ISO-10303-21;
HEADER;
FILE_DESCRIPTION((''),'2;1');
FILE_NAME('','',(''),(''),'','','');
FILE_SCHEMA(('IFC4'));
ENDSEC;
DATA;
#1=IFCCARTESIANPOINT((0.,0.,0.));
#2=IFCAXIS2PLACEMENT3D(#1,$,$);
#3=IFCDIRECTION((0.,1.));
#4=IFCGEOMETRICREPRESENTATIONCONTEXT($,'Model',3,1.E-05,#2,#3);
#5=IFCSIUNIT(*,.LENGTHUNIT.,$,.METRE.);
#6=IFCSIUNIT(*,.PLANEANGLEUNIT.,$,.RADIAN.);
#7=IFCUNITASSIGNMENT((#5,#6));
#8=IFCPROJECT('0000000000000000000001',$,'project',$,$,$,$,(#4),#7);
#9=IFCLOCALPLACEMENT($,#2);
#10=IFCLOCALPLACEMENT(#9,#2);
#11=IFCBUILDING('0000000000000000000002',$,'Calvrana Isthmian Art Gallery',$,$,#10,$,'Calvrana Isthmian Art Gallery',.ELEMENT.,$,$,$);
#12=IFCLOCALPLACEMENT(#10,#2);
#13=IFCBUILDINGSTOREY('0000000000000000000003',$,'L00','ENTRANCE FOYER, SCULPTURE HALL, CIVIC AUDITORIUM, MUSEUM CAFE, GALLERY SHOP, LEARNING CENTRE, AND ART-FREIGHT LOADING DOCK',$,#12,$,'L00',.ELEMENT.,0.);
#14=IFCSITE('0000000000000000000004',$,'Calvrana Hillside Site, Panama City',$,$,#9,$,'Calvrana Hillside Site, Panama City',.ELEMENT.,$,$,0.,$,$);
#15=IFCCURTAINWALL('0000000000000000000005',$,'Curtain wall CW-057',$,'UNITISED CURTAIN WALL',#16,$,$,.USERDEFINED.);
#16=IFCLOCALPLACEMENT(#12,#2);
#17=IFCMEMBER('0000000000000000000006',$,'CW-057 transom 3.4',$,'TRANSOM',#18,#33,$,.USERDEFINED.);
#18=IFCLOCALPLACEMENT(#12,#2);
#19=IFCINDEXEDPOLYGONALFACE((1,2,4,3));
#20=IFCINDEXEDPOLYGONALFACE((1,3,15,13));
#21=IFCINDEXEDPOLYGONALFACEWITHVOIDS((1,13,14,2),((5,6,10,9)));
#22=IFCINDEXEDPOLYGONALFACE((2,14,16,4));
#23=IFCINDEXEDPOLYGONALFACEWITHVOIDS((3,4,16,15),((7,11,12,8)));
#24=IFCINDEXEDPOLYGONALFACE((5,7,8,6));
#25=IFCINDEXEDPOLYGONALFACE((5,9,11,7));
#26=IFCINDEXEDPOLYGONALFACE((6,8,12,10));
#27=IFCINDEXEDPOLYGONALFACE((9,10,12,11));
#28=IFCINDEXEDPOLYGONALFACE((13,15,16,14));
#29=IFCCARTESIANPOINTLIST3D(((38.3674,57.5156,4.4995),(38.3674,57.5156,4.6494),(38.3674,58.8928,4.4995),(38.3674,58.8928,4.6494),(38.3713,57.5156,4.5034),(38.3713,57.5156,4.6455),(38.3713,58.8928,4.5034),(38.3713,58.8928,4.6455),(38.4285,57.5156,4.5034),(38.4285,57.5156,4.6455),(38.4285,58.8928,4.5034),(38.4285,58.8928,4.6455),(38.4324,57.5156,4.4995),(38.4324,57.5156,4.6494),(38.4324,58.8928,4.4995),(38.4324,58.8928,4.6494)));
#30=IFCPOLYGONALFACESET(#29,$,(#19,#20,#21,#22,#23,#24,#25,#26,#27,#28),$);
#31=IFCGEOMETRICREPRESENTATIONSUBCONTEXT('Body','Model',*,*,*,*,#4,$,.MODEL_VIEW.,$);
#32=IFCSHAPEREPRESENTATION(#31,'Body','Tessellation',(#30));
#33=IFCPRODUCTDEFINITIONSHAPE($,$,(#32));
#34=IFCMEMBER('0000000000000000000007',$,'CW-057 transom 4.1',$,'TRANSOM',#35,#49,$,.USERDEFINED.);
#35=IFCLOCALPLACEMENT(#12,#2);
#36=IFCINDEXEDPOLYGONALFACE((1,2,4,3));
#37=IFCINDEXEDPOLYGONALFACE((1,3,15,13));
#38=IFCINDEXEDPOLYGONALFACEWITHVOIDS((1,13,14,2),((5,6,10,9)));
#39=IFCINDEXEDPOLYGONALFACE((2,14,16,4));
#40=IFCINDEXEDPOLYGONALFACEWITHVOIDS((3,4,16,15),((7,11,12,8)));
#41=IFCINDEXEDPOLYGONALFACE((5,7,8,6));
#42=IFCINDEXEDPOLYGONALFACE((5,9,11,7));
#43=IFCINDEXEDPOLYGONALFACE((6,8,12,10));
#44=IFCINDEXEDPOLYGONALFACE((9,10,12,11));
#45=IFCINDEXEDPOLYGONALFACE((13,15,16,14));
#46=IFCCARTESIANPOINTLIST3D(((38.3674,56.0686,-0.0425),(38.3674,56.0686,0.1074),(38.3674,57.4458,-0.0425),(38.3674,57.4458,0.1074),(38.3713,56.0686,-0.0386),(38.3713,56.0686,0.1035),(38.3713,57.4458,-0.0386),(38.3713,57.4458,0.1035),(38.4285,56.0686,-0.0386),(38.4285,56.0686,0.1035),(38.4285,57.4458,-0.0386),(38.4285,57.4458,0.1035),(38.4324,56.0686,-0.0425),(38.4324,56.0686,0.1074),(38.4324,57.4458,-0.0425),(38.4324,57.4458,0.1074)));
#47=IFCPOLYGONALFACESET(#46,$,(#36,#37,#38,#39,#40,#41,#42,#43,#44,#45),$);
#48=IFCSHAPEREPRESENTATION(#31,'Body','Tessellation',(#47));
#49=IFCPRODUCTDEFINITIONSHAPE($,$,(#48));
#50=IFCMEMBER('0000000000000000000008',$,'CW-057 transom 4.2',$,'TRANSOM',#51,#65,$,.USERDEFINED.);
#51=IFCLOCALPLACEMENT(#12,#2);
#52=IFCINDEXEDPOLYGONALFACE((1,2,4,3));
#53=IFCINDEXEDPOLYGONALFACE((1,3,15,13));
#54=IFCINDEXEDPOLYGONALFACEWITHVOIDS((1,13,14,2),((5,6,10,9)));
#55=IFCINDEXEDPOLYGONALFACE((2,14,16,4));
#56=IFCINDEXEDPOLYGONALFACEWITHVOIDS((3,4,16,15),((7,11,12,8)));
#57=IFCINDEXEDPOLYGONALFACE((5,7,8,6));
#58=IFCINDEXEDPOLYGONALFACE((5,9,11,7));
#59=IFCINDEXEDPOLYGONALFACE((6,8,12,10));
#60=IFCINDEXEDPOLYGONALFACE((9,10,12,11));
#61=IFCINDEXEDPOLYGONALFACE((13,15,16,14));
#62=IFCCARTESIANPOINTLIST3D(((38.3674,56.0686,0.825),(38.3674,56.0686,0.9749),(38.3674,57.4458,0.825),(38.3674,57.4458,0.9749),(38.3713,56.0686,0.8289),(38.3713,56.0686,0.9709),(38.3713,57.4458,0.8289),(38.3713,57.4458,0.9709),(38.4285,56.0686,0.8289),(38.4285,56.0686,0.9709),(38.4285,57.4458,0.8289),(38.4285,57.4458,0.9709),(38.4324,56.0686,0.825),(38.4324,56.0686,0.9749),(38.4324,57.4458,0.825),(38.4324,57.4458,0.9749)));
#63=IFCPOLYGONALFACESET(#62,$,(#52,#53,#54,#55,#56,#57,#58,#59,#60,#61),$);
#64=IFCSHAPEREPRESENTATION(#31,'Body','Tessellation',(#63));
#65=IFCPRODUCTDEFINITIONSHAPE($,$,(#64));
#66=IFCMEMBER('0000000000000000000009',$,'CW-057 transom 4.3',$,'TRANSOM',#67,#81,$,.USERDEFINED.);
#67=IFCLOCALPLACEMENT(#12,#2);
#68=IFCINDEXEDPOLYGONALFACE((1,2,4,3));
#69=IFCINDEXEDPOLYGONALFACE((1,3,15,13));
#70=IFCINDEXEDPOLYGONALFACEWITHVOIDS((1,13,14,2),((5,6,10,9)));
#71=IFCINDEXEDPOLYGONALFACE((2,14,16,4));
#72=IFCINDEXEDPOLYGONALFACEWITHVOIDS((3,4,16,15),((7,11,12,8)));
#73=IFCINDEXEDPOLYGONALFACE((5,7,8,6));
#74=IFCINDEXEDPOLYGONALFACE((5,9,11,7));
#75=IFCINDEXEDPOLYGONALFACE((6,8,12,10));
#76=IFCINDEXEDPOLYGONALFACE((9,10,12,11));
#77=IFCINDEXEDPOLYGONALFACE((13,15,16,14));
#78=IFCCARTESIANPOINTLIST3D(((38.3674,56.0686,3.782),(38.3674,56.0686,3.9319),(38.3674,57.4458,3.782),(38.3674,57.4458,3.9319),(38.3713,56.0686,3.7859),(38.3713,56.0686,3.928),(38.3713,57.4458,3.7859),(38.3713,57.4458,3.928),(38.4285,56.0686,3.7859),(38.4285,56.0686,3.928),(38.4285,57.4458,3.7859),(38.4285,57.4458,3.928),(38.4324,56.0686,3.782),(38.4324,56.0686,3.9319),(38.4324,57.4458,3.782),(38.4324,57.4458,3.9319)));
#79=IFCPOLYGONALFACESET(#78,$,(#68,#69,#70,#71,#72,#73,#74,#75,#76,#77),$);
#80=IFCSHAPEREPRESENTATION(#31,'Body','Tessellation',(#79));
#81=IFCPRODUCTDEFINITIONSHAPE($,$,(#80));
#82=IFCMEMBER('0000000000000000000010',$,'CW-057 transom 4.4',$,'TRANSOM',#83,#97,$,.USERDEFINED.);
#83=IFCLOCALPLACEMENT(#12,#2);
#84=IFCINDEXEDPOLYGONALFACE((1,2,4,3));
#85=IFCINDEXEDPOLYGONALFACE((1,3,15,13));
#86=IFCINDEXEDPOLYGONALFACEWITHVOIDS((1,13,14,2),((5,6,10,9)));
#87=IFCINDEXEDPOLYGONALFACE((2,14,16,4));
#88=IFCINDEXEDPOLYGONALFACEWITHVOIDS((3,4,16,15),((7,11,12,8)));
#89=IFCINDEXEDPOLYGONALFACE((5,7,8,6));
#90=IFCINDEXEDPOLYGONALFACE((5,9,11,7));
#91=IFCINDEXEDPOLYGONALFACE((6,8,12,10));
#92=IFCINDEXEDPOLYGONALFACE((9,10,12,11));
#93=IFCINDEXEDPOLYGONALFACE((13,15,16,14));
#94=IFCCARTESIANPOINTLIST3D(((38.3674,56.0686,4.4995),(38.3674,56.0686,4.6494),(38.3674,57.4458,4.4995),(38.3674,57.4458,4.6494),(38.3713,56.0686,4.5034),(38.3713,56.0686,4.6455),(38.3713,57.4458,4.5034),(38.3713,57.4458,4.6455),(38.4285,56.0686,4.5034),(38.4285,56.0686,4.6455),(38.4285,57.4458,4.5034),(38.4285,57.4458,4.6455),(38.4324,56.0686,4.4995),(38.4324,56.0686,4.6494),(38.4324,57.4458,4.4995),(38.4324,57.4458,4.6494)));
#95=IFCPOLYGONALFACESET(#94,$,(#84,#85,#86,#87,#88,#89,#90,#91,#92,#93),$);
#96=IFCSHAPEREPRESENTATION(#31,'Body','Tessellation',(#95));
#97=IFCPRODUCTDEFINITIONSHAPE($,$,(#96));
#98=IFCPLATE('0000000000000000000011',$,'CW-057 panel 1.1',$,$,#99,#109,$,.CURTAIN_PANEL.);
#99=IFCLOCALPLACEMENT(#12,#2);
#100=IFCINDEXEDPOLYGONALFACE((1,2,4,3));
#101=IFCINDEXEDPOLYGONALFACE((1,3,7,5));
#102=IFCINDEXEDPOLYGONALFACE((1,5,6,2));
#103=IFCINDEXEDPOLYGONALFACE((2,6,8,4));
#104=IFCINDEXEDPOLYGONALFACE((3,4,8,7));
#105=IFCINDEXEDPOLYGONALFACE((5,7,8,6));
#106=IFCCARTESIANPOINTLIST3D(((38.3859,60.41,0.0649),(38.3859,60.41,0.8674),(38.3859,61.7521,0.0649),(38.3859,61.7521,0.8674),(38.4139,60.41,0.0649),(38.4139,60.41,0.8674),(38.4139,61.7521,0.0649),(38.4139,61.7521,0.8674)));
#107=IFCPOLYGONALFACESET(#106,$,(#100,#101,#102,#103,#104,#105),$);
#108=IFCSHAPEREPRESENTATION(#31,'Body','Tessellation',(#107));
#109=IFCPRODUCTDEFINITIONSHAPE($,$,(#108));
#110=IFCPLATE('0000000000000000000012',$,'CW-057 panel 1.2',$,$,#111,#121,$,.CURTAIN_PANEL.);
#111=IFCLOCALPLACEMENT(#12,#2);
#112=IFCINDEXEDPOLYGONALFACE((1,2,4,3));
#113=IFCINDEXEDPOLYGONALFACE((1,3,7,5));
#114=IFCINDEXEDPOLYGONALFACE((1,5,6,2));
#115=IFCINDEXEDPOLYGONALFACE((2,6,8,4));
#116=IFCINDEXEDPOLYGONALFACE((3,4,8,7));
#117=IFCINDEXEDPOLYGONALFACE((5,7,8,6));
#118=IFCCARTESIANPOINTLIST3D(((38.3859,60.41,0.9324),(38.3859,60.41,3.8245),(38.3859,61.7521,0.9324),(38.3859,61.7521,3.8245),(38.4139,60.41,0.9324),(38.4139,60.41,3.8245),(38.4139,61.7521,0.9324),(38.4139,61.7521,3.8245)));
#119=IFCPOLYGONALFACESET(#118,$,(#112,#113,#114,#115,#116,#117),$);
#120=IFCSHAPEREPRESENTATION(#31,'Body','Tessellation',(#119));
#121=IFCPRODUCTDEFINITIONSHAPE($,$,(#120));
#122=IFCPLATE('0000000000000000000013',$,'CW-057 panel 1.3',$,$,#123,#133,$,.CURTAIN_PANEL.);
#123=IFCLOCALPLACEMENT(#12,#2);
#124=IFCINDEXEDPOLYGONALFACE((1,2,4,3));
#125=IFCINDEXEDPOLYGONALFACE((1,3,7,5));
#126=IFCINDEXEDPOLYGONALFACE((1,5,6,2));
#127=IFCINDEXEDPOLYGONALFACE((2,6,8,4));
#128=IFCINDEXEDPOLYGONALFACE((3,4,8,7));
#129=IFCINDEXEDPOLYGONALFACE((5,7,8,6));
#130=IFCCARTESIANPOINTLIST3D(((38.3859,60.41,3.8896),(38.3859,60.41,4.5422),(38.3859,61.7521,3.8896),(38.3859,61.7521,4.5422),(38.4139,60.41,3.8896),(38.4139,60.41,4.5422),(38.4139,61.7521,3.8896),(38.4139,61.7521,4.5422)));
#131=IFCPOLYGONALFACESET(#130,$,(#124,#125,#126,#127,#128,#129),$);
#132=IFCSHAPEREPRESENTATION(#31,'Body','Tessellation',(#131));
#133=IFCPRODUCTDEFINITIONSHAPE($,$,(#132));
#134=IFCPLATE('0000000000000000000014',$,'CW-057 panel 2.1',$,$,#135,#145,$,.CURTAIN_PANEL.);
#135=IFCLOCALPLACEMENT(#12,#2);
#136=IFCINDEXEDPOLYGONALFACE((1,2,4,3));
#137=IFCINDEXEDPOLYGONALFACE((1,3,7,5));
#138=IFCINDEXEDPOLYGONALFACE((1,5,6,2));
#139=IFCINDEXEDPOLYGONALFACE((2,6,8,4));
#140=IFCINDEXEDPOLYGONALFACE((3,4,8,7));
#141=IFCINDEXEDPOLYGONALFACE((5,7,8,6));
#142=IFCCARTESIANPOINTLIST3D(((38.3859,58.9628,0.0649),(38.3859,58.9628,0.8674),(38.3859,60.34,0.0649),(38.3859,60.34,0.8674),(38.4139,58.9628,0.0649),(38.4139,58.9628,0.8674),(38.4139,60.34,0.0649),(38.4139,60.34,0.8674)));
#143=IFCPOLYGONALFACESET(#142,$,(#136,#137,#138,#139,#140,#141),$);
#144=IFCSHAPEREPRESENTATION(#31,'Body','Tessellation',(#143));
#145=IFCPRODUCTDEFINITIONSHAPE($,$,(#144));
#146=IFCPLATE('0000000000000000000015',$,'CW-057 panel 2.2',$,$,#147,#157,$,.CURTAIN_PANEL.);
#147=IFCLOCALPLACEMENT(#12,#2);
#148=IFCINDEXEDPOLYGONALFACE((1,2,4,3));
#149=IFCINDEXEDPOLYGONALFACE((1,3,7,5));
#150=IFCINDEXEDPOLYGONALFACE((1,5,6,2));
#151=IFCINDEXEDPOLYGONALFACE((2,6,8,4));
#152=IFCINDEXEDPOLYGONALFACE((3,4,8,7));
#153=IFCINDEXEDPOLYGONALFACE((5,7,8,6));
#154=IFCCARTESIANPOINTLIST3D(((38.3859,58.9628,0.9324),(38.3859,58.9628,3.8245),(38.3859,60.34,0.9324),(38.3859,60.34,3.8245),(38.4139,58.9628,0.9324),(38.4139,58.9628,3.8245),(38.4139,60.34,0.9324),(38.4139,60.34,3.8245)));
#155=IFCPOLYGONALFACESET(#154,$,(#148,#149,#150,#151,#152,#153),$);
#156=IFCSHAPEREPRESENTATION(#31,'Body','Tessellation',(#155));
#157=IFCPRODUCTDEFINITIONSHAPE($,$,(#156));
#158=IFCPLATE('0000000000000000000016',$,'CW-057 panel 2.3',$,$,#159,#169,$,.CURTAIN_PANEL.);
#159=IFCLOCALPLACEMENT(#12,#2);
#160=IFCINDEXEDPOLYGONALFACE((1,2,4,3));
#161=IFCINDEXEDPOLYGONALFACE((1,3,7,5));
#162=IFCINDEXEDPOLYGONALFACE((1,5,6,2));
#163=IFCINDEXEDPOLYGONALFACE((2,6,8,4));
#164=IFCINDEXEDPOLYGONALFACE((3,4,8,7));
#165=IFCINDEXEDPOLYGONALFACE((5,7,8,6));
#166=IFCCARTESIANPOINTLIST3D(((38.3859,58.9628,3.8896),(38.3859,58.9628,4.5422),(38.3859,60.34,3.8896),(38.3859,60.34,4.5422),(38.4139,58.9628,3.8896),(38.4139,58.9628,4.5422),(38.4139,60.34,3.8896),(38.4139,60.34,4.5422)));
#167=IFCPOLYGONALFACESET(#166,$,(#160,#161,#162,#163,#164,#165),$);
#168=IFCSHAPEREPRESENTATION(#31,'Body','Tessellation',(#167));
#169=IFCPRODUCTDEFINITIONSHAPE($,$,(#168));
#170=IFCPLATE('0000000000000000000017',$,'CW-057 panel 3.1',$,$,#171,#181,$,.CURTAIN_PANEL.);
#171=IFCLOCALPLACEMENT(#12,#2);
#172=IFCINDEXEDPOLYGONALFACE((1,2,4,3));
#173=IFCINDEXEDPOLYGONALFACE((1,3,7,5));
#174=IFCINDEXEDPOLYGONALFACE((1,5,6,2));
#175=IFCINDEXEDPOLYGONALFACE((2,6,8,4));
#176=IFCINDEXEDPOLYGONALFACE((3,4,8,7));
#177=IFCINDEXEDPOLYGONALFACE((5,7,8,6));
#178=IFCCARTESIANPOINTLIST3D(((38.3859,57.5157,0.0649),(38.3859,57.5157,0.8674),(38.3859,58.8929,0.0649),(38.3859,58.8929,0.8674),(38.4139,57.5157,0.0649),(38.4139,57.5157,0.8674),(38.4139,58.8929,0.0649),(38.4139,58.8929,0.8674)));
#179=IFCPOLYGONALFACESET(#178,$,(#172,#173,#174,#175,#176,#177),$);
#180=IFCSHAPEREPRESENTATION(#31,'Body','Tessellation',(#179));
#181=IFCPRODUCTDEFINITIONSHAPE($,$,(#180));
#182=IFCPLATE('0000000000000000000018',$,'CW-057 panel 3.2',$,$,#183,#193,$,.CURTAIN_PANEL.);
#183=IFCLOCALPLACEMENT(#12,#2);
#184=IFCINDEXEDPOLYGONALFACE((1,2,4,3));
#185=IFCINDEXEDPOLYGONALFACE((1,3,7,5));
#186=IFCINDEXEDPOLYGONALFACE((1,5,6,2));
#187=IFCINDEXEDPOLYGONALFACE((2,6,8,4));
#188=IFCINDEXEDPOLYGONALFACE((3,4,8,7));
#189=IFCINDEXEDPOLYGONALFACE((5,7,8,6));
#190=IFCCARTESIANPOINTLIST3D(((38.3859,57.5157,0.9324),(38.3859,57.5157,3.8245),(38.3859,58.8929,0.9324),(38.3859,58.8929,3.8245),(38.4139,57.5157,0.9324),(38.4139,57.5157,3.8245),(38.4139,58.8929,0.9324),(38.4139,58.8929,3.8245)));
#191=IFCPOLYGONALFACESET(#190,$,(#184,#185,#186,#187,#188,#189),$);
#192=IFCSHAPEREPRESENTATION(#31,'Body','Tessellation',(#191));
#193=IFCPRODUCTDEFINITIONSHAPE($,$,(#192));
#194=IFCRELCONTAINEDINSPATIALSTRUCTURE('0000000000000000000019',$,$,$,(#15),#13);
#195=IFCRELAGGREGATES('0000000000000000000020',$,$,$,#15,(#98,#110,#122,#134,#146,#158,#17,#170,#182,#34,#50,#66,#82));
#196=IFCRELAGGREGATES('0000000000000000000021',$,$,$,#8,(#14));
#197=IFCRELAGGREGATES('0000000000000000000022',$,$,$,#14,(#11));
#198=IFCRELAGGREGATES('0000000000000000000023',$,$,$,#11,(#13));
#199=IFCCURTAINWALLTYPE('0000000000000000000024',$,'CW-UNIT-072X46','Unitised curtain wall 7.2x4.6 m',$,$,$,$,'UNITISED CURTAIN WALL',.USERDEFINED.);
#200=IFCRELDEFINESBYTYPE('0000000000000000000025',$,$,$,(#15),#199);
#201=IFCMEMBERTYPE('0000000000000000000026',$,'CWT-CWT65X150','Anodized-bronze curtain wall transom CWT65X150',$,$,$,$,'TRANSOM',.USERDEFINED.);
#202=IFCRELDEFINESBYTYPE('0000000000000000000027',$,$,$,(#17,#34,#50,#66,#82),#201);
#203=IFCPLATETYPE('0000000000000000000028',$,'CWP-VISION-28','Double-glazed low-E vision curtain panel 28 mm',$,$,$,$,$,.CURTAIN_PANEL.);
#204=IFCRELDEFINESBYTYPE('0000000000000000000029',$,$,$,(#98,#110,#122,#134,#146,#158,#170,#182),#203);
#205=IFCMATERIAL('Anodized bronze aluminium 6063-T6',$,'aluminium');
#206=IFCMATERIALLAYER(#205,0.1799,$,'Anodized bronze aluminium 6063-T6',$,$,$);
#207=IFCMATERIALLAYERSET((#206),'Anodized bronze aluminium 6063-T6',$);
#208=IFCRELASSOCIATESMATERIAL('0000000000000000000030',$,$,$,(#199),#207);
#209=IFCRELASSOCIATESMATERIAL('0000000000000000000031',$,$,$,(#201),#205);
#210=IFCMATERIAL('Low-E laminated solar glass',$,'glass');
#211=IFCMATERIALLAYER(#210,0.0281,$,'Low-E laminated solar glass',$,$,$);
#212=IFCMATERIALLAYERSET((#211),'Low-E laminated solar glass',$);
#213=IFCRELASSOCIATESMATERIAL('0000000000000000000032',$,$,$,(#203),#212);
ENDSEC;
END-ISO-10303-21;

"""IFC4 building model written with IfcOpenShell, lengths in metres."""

from ifc_helpers import new_model, si_unit, direction, frame, origin, origin_2d, place, context, subcontext, project, spatial, rectangle, hollow_rectangle, extrude, material, layer, layer_set, material_profile, profile_set, type_object, element, aggregate, save


model = new_model("IFC4")

# Units and contexts
model_context = context("Model", 3, precision=1e-05, world=origin(), true_north=direction((0.0, 1.0)))
body_context = subcontext(model_context, "Body", "Model", "MODEL_VIEW")
ifc_project = project(units=[si_unit("LENGTHUNIT", "METRE"), si_unit("PLANEANGLEUNIT", "RADIAN")], contexts=[model_context])

# Site, building, storey
site_placement = place(None, origin())
site = spatial("IfcSite", under=ifc_project, at=site_placement, Name="Calvrana Hillside Site, Panama City", LongName="Calvrana Hillside Site, Panama City", CompositionType="ELEMENT", RefElevation=0.0)
building_placement = place(site_placement, origin())
building = spatial("IfcBuilding", under=site, at=building_placement, Name="Calvrana Isthmian Art Gallery", LongName="Calvrana Isthmian Art Gallery", CompositionType="ELEMENT")
storey_placement = place(building_placement, origin())
storey = spatial("IfcBuildingStorey", under=building, at=storey_placement, Name="L00", Description="ENTRANCE FOYER, SCULPTURE HALL, CIVIC AUDITORIUM, MUSEUM CAFE, GALLERY SHOP, LEARNING CENTRE, AND ART-FREIGHT LOADING DOCK", LongName="L00", CompositionType="ELEMENT", Elevation=0.0)

# Curtain wall, members, plates
ifc_material_1 = material(Name="Anodized bronze aluminium 6063-T6", Category="aluminium")
ifc_layer_1 = layer(ifc_material_1, 0.1799, Name="Anodized bronze aluminium 6063-T6")
ifc_layer_set_1 = layer_set([ifc_layer_1], Name="Anodized bronze aluminium 6063-T6")
curtain_wall_type = type_object("IfcCurtainWallType", Name="CW-UNIT-072X46", Description="Unitised curtain wall 7.2x4.6 m", ElementType="UNITISED CURTAIN WALL", PredefinedType="USERDEFINED", material=ifc_layer_set_1)
curtain_wall_placement = place(storey_placement, origin())
curtain_wall = element("IfcCurtainWall", 1, at=curtain_wall_placement, inside=storey, type_object=curtain_wall_type, Name="Curtain wall CW-057", ObjectType="UNITISED CURTAIN WALL", PredefinedType="USERDEFINED")
ifc_material_profile_1 = material_profile(ifc_material_1, hollow_rectangle(XDim=0.0649, YDim=0.1499, WallThickness=0.0039, at=origin_2d()), Name="CWT65X150")
ifc_profile_set_1 = profile_set([ifc_material_profile_1], Name="Anodized bronze aluminium 6063-T6")
member_type_1 = type_object("IfcMemberType", Name="CWT-CWT65X150", Description="Anodized-bronze curtain wall transom CWT65X150", ElementType="TRANSOM", PredefinedType="USERDEFINED", material=ifc_profile_set_1)
member_1_placement = place(storey_placement, frame((38.3999, 58.8928, 4.5745), z_axis=(0.0, -1.0, 0.0), x_axis=(1.0, 0.0, 0.0)))
member_1 = element("IfcMember", 2, at=member_1_placement, type_object=member_type_1, Name="CW-057 transom 3.4", ObjectType="TRANSOM", PredefinedType="USERDEFINED", context=body_context, shape_type="SweptSolid", body=[
    extrude(hollow_rectangle(XDim=0.0649, YDim=0.1499, WallThickness=0.0039, at=origin_2d()), origin(), (0.0, 0.0, 1.0), 1.3772),
])
member_2_placement = place(storey_placement, frame((38.3999, 57.4458, 0.0325), z_axis=(0.0, -1.0, 0.0), x_axis=(1.0, 0.0, 0.0)))
member_2 = element("IfcMember", 3, at=member_2_placement, type_object=member_type_1, Name="CW-057 transom 4.1", ObjectType="TRANSOM", PredefinedType="USERDEFINED", context=body_context, shape_type="SweptSolid", body=[
    extrude(hollow_rectangle(XDim=0.0649, YDim=0.1499, WallThickness=0.0039, at=origin_2d()), origin(), (0.0, 0.0, 1.0), 1.3772),
])
member_3_placement = place(storey_placement, frame((38.3999, 57.4458, 0.8999), z_axis=(0.0, -1.0, 0.0), x_axis=(1.0, 0.0, 0.0)))
member_3 = element("IfcMember", 4, at=member_3_placement, type_object=member_type_1, Name="CW-057 transom 4.2", ObjectType="TRANSOM", PredefinedType="USERDEFINED", context=body_context, shape_type="SweptSolid", body=[
    extrude(hollow_rectangle(XDim=0.0649, YDim=0.1499, WallThickness=0.0039, at=origin_2d()), origin(), (0.0, 0.0, 1.0), 1.3772),
])
member_4_placement = place(storey_placement, frame((38.3999, 57.4458, 3.8569), z_axis=(0.0, -1.0, 0.0), x_axis=(1.0, 0.0, 0.0)))
member_4 = element("IfcMember", 5, at=member_4_placement, type_object=member_type_1, Name="CW-057 transom 4.3", ObjectType="TRANSOM", PredefinedType="USERDEFINED", context=body_context, shape_type="SweptSolid", body=[
    extrude(hollow_rectangle(XDim=0.0649, YDim=0.1499, WallThickness=0.0039, at=origin_2d()), origin(), (0.0, 0.0, 1.0), 1.3772),
])
member_5_placement = place(storey_placement, frame((38.3999, 57.4458, 4.5745), z_axis=(0.0, -1.0, 0.0), x_axis=(1.0, 0.0, 0.0)))
member_5 = element("IfcMember", 6, at=member_5_placement, type_object=member_type_1, Name="CW-057 transom 4.4", ObjectType="TRANSOM", PredefinedType="USERDEFINED", context=body_context, shape_type="SweptSolid", body=[
    extrude(hollow_rectangle(XDim=0.0649, YDim=0.1499, WallThickness=0.0039, at=origin_2d()), origin(), (0.0, 0.0, 1.0), 1.3772),
])
ifc_material_2 = material(Name="Low-E laminated solar glass", Category="glass")
ifc_layer_2 = layer(ifc_material_2, 0.0281, Name="Low-E laminated solar glass")
ifc_layer_set_2 = layer_set([ifc_layer_2], Name="Low-E laminated solar glass")
plate_type = type_object("IfcPlateType", Name="CWP-VISION-28", Description="Double-glazed low-E vision curtain panel 28 mm", PredefinedType="CURTAIN_PANEL", material=ifc_layer_set_2)
plate_1_placement = place(storey_placement, frame((38.3999, 61.0811, 0.0649), z_axis=(0.0, 0.0, 1.0), x_axis=(0.0, -1.0, 0.0)))
plate_1 = element("IfcPlate", 7, at=plate_1_placement, type_object=plate_type, Name="CW-057 panel 1.1", PredefinedType="CURTAIN_PANEL", context=body_context, shape_type="SweptSolid", body=[
    extrude(rectangle(XDim=1.342, YDim=0.0281, at=origin_2d()), origin(), (0.0, 0.0, 1.0), 0.8025),
])
plate_2_placement = place(storey_placement, frame((38.3999, 61.0811, 0.9324), z_axis=(0.0, 0.0, 1.0), x_axis=(0.0, -1.0, 0.0)))
plate_2 = element("IfcPlate", 8, at=plate_2_placement, type_object=plate_type, Name="CW-057 panel 1.2", PredefinedType="CURTAIN_PANEL", context=body_context, shape_type="SweptSolid", body=[
    extrude(rectangle(XDim=1.342, YDim=0.0281, at=origin_2d()), origin(), (0.0, 0.0, 1.0), 2.8921),
])
plate_3_placement = place(storey_placement, frame((38.3999, 61.0811, 3.8896), z_axis=(0.0, 0.0, 1.0), x_axis=(0.0, -1.0, 0.0)))
plate_3 = element("IfcPlate", 9, at=plate_3_placement, type_object=plate_type, Name="CW-057 panel 1.3", PredefinedType="CURTAIN_PANEL", context=body_context, shape_type="SweptSolid", body=[
    extrude(rectangle(XDim=1.342, YDim=0.0281, at=origin_2d()), origin(), (0.0, 0.0, 1.0), 0.6526),
])
plate_4_placement = place(storey_placement, frame((38.3999, 59.6514, 0.0649), z_axis=(0.0, 0.0, 1.0), x_axis=(0.0, -1.0, 0.0)))
plate_4 = element("IfcPlate", 10, at=plate_4_placement, type_object=plate_type, Name="CW-057 panel 2.1", PredefinedType="CURTAIN_PANEL", context=body_context, shape_type="SweptSolid", body=[
    extrude(rectangle(XDim=1.3772, YDim=0.0281, at=origin_2d()), origin(), (0.0, 0.0, 1.0), 0.8025),
])
plate_5_placement = place(storey_placement, frame((38.3999, 59.6514, 0.9324), z_axis=(0.0, 0.0, 1.0), x_axis=(0.0, -1.0, 0.0)))
plate_5 = element("IfcPlate", 11, at=plate_5_placement, type_object=plate_type, Name="CW-057 panel 2.2", PredefinedType="CURTAIN_PANEL", context=body_context, shape_type="SweptSolid", body=[
    extrude(rectangle(XDim=1.3772, YDim=0.0281, at=origin_2d()), origin(), (0.0, 0.0, 1.0), 2.8921),
])
plate_6_placement = place(storey_placement, frame((38.3999, 59.6514, 3.8896), z_axis=(0.0, 0.0, 1.0), x_axis=(0.0, -1.0, 0.0)))
plate_6 = element("IfcPlate", 12, at=plate_6_placement, type_object=plate_type, Name="CW-057 panel 2.3", PredefinedType="CURTAIN_PANEL", context=body_context, shape_type="SweptSolid", body=[
    extrude(rectangle(XDim=1.3772, YDim=0.0281, at=origin_2d()), origin(), (0.0, 0.0, 1.0), 0.6526),
])
plate_7_placement = place(storey_placement, frame((38.3999, 58.2043, 0.0649), z_axis=(0.0, 0.0, 1.0), x_axis=(0.0, -1.0, 0.0)))
plate_7 = element("IfcPlate", 13, at=plate_7_placement, type_object=plate_type, Name="CW-057 panel 3.1", PredefinedType="CURTAIN_PANEL", context=body_context, shape_type="SweptSolid", body=[
    extrude(rectangle(XDim=1.3772, YDim=0.0281, at=origin_2d()), origin(), (0.0, 0.0, 1.0), 0.8025),
])
plate_8_placement = place(storey_placement, frame((38.3999, 58.2043, 0.9324), z_axis=(0.0, 0.0, 1.0), x_axis=(0.0, -1.0, 0.0)))
plate_8 = element("IfcPlate", 14, at=plate_8_placement, type_object=plate_type, Name="CW-057 panel 3.2", PredefinedType="CURTAIN_PANEL", context=body_context, shape_type="SweptSolid", body=[
    extrude(rectangle(XDim=1.3772, YDim=0.0281, at=origin_2d()), origin(), (0.0, 0.0, 1.0), 2.8921),
])
aggregate(curtain_wall, [plate_1, plate_2, plate_3, plate_4, plate_5, plate_6, member_1, plate_7, plate_8, member_2, member_3, member_4, member_5])

save(model, "model.ifc")
